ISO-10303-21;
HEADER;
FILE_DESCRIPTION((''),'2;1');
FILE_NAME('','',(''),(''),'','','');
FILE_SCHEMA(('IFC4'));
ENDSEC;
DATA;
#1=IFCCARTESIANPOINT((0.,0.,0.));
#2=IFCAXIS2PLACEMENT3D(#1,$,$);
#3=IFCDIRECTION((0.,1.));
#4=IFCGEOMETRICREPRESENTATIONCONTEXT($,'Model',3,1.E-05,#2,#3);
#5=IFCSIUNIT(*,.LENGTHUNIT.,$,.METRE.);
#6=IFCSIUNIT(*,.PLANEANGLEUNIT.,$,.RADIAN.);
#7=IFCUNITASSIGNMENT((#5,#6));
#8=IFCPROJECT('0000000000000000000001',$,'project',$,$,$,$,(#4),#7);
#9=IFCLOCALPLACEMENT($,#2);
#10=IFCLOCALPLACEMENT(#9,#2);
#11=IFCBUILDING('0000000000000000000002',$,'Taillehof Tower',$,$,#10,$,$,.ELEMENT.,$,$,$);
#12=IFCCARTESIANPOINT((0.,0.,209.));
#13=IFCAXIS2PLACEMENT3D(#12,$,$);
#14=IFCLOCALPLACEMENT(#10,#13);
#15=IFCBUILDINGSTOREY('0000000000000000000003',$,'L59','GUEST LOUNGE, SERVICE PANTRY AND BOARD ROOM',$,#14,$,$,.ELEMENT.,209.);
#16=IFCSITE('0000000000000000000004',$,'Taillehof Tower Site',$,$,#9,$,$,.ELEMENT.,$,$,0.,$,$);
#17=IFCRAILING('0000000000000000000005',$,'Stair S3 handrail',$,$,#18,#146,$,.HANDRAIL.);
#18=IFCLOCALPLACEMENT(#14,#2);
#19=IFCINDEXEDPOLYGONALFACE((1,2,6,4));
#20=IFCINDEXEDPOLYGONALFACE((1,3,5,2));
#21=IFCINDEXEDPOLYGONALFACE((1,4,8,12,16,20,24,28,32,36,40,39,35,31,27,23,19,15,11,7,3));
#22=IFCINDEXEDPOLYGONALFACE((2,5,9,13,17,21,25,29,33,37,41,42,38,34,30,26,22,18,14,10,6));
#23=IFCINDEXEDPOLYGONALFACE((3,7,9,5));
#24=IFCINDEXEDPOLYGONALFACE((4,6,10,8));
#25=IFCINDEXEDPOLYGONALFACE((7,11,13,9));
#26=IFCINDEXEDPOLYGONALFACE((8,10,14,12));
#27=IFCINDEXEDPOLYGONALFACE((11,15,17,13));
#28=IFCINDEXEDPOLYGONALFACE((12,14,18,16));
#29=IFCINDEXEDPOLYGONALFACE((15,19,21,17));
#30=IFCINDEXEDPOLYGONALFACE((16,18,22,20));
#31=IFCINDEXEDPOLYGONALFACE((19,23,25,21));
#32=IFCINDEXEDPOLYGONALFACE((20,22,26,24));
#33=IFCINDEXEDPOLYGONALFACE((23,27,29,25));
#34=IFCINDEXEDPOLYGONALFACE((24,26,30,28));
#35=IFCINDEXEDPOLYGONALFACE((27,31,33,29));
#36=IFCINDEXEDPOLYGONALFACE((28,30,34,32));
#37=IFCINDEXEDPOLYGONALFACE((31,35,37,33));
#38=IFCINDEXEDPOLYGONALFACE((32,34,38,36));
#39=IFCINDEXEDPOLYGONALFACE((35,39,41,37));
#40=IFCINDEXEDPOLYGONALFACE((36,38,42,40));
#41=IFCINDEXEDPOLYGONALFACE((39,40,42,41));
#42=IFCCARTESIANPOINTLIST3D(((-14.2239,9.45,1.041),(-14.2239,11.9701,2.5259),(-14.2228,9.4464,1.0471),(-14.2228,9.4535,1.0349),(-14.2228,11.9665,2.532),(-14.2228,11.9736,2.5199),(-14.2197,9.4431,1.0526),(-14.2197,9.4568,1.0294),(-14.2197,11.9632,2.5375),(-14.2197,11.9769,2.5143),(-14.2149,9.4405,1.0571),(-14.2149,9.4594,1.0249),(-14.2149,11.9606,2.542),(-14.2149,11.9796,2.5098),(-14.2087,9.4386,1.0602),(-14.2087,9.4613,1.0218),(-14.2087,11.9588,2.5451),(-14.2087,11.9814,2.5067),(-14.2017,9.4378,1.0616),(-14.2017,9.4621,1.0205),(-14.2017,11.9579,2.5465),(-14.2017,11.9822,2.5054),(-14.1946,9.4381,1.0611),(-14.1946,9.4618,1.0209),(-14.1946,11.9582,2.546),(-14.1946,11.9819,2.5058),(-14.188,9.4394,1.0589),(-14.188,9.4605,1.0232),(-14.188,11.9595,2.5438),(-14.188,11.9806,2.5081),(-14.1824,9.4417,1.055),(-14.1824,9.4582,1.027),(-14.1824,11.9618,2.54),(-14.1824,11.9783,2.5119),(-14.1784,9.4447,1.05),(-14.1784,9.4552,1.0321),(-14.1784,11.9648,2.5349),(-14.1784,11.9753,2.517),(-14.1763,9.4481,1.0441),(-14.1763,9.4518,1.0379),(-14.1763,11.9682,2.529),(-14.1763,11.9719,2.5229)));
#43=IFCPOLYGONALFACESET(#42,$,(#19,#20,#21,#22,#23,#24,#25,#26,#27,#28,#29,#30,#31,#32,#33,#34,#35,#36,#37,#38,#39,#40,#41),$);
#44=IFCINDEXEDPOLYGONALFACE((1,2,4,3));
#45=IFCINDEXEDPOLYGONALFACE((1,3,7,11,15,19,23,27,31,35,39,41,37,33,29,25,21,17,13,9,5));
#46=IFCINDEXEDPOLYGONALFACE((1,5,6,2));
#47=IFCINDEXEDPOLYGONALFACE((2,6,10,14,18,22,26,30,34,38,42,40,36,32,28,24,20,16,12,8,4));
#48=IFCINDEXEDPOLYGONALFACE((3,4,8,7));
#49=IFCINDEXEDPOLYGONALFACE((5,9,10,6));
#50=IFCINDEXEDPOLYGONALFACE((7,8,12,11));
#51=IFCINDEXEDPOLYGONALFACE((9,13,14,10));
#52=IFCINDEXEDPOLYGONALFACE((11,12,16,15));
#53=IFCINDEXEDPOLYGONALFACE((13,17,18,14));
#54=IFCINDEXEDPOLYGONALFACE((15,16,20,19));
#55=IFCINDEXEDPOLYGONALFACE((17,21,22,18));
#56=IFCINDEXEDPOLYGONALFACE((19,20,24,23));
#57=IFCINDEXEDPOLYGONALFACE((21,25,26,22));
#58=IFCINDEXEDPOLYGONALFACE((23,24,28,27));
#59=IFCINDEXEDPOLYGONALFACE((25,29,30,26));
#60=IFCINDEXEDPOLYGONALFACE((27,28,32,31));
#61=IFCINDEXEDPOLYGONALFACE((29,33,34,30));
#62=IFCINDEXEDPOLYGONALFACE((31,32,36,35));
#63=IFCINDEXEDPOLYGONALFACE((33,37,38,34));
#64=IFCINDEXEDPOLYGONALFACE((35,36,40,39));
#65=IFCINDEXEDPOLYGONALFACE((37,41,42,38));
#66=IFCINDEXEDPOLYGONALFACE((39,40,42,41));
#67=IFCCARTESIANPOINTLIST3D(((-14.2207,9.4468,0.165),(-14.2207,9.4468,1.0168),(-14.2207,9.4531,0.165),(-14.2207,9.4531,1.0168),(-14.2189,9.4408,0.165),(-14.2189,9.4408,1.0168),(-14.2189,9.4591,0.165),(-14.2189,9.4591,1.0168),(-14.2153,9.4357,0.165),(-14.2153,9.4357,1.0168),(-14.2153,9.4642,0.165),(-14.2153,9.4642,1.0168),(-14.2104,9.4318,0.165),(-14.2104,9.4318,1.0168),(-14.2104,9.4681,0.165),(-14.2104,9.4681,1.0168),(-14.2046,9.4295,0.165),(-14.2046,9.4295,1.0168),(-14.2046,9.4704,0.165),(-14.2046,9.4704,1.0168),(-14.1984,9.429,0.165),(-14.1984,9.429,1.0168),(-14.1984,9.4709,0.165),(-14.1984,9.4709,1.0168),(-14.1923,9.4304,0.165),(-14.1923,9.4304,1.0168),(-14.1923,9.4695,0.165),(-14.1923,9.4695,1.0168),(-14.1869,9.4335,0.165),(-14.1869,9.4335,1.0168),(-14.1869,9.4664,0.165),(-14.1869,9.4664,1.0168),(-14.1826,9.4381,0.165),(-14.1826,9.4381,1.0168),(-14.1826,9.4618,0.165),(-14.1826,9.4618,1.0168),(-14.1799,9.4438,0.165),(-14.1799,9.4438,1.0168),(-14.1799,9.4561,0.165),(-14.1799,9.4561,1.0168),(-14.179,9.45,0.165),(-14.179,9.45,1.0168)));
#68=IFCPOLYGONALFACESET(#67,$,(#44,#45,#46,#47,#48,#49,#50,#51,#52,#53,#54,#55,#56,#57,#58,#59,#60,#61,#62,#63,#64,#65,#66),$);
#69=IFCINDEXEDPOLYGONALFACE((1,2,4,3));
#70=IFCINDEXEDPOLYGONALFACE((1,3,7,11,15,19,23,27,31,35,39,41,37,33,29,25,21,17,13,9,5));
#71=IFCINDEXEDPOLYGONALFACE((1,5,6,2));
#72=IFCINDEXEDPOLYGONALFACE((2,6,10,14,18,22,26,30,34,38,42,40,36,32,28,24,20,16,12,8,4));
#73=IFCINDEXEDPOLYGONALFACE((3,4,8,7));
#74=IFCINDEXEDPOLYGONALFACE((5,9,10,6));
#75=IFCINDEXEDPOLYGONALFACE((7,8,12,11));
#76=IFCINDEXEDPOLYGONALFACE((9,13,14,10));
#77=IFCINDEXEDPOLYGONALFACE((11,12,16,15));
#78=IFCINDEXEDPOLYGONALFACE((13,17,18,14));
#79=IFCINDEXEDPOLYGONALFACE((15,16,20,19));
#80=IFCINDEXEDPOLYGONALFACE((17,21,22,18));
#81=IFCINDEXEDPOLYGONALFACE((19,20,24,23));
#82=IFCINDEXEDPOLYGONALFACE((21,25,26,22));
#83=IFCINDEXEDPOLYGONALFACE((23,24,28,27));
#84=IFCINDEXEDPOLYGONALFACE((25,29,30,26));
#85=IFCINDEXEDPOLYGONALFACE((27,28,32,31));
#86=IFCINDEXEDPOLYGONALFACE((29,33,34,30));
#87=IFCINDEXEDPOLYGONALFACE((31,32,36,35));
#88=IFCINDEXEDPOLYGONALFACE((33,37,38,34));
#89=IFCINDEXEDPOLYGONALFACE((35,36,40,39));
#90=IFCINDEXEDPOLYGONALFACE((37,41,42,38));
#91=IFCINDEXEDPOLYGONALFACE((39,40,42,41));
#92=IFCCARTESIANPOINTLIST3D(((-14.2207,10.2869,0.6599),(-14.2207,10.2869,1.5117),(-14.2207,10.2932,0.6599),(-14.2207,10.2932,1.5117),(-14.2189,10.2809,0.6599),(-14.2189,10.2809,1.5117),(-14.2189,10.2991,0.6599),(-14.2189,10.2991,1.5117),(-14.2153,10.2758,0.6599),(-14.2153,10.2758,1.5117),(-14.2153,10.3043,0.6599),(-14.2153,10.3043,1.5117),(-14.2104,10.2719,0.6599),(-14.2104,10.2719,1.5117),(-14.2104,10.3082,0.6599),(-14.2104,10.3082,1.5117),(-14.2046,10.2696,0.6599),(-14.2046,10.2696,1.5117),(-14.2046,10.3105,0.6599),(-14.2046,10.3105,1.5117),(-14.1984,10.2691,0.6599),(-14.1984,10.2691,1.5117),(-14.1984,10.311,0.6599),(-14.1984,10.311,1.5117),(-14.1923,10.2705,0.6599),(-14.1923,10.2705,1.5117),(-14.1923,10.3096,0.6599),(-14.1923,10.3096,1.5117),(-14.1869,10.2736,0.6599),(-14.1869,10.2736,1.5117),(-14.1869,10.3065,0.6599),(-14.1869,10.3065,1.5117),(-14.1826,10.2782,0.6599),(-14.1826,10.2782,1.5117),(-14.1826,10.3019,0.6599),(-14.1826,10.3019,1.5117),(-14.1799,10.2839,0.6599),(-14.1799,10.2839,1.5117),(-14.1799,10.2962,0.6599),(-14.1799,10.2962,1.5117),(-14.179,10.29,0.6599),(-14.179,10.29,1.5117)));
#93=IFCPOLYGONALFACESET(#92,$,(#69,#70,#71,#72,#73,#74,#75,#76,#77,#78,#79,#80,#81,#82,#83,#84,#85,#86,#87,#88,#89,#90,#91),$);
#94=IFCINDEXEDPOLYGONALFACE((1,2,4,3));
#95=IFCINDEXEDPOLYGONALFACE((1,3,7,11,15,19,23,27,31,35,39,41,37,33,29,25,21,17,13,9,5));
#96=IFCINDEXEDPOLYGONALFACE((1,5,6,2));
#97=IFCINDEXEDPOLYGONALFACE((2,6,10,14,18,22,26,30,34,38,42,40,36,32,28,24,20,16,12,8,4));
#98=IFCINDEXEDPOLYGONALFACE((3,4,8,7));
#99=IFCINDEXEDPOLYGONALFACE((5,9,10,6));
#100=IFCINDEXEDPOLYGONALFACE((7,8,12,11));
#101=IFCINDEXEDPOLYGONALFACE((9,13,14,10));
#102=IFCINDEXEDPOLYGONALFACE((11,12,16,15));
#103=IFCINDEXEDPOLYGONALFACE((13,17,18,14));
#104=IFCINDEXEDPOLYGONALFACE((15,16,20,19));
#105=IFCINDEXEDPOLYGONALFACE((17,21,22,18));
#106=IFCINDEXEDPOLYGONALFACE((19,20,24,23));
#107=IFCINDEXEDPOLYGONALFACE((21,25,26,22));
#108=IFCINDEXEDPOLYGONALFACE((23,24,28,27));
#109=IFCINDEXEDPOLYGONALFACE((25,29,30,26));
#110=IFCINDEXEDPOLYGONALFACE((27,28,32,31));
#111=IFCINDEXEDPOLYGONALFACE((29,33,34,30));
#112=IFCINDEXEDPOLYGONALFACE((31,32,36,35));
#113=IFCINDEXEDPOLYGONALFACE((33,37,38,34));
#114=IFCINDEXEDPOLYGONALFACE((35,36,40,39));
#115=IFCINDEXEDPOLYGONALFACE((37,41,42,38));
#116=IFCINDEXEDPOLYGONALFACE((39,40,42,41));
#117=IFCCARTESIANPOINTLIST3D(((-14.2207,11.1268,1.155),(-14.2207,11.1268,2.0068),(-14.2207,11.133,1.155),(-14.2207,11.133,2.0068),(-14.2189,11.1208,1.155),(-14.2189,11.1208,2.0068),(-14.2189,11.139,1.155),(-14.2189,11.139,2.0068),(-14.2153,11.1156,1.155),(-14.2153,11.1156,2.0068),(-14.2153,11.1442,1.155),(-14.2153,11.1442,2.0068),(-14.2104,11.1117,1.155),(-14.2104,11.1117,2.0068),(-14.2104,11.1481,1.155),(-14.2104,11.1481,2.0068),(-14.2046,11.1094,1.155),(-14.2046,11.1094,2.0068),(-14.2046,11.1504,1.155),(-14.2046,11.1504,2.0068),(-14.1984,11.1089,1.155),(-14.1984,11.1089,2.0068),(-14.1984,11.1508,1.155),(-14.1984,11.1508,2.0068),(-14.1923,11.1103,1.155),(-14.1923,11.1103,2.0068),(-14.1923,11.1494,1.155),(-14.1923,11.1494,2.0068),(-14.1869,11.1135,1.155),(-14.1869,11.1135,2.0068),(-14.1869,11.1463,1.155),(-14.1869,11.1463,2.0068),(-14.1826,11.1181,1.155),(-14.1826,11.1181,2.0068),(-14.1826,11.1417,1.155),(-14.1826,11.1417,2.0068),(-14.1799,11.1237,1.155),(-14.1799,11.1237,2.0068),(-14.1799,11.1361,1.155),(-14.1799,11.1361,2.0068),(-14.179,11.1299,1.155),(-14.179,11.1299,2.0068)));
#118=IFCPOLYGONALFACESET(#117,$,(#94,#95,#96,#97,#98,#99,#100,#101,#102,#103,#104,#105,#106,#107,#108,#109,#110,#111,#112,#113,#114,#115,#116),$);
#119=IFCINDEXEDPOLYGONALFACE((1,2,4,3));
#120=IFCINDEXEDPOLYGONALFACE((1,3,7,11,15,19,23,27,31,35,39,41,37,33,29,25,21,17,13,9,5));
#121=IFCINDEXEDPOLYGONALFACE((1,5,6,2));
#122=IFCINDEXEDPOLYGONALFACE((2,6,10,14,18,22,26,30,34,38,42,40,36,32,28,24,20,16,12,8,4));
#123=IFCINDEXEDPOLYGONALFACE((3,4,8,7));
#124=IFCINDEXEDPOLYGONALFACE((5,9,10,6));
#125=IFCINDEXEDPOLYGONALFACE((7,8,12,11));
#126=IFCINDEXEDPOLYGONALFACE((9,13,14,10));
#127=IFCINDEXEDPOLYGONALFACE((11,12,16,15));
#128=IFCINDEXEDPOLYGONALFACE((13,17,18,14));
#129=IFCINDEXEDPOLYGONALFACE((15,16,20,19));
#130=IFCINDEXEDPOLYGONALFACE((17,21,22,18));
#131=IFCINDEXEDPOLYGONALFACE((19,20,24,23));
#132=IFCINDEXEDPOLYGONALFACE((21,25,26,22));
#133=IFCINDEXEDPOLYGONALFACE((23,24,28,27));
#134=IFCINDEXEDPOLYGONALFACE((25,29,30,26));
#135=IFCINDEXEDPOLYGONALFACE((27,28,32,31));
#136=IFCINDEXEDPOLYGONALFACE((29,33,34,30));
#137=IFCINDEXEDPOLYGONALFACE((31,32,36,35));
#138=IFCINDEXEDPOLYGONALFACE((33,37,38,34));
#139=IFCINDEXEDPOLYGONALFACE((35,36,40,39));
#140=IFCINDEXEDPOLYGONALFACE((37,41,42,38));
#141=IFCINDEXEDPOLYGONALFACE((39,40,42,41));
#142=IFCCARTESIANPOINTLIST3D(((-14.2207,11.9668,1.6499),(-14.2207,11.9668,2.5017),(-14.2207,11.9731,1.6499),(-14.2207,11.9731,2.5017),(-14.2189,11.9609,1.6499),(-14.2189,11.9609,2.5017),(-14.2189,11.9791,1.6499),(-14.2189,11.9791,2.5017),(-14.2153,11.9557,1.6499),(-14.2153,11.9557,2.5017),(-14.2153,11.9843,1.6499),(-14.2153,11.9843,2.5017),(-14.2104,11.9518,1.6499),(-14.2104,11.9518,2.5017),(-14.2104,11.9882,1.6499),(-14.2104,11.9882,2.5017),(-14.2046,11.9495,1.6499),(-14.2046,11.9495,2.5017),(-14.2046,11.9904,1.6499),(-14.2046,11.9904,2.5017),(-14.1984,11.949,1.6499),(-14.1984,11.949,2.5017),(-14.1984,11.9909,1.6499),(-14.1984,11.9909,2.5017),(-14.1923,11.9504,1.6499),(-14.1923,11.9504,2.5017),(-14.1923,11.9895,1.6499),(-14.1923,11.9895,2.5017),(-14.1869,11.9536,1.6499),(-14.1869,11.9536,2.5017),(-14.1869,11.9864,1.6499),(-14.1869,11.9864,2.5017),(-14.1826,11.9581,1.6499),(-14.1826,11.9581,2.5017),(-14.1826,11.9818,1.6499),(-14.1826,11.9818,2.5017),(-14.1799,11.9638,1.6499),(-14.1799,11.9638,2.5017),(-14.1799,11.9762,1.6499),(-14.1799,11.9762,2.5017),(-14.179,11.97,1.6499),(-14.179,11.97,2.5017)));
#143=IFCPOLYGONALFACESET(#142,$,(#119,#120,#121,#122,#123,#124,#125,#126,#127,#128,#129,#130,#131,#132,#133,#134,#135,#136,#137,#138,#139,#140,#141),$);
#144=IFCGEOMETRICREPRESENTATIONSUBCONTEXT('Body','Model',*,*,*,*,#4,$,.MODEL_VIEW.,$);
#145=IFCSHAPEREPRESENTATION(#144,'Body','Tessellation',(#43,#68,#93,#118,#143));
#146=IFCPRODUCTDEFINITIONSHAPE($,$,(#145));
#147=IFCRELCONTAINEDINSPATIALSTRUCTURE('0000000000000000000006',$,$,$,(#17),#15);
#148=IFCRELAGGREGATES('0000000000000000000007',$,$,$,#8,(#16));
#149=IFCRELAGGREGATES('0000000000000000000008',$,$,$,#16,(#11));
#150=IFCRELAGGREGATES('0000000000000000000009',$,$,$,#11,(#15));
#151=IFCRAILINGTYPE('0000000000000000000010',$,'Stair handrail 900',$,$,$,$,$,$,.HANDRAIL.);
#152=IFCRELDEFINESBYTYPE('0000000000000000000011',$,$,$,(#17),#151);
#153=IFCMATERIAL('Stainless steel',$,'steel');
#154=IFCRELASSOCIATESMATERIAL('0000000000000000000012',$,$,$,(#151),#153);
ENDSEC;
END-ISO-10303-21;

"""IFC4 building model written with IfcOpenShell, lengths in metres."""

from ifc_helpers import new_model, si_unit, direction, frame, origin, origin_2d, place, context, subcontext, project, spatial, circle, extrude, material, type_object, element, save


model = new_model("IFC4")

# Units and contexts
model_context = context("Model", 3, precision=1e-05, world=origin(), true_north=direction((0.0, 1.0)))
body_context = subcontext(model_context, "Body", "Model", "MODEL_VIEW")
ifc_project = project(units=[si_unit("LENGTHUNIT", "METRE"), si_unit("PLANEANGLEUNIT", "RADIAN")], contexts=[model_context])

# Site, building, storey
site_placement = place(None, origin())
site = spatial("IfcSite", under=ifc_project, at=site_placement, Name="Taillehof Tower Site", CompositionType="ELEMENT", RefElevation=0.0)
building_placement = place(site_placement, origin())
building = spatial("IfcBuilding", under=site, at=building_placement, Name="Taillehof Tower", CompositionType="ELEMENT")
storey_placement = place(building_placement, frame((0.0, 0.0, 209.0)))
storey = spatial("IfcBuildingStorey", under=building, at=storey_placement, Name="L59", Description="GUEST LOUNGE, SERVICE PANTRY AND BOARD ROOM", CompositionType="ELEMENT", Elevation=209.0)

# Railing
ifc_material_1 = material(Name="Stainless steel", Category="steel")
railing_type_1 = type_object("IfcRailingType", Name="Stair handrail 900", PredefinedType="HANDRAIL", material=ifc_material_1)
railing_1_placement = place(storey_placement, frame((-14.2, 9.45, 0.165)))
element("IfcRailing", 1, at=railing_1_placement, inside=storey, type_object=railing_type_1, Name="Stair S3 handrail", PredefinedType="HANDRAIL", context=body_context, shape_type="SweptSolid", body=[
    extrude(circle(Radius=0.0239, at=origin_2d()), frame((0.0, 0.0, 0.876), z_axis=(0.0, 0.861561, 0.507655), x_axis=(-1.0, 0.0, 0.0)), (0.0, 0.0, 1.0), 2.925),
    extrude(circle(Radius=0.021, at=origin_2d()), origin(), (0.0, 0.0, 1.0), 0.8518),
    extrude(circle(Radius=0.021, at=origin_2d()), frame((0.0, 0.8401, 0.4949)), (0.0, 0.0, 1.0), 0.8518),
    extrude(circle(Radius=0.021, at=origin_2d()), frame((0.0, 1.6799, 0.99)), (0.0, 0.0, 1.0), 0.8518),
    extrude(circle(Radius=0.021, at=origin_2d()), frame((0.0, 2.52, 1.4849)), (0.0, 0.0, 1.0), 0.8518),
])

save(model, "model.ifc")
